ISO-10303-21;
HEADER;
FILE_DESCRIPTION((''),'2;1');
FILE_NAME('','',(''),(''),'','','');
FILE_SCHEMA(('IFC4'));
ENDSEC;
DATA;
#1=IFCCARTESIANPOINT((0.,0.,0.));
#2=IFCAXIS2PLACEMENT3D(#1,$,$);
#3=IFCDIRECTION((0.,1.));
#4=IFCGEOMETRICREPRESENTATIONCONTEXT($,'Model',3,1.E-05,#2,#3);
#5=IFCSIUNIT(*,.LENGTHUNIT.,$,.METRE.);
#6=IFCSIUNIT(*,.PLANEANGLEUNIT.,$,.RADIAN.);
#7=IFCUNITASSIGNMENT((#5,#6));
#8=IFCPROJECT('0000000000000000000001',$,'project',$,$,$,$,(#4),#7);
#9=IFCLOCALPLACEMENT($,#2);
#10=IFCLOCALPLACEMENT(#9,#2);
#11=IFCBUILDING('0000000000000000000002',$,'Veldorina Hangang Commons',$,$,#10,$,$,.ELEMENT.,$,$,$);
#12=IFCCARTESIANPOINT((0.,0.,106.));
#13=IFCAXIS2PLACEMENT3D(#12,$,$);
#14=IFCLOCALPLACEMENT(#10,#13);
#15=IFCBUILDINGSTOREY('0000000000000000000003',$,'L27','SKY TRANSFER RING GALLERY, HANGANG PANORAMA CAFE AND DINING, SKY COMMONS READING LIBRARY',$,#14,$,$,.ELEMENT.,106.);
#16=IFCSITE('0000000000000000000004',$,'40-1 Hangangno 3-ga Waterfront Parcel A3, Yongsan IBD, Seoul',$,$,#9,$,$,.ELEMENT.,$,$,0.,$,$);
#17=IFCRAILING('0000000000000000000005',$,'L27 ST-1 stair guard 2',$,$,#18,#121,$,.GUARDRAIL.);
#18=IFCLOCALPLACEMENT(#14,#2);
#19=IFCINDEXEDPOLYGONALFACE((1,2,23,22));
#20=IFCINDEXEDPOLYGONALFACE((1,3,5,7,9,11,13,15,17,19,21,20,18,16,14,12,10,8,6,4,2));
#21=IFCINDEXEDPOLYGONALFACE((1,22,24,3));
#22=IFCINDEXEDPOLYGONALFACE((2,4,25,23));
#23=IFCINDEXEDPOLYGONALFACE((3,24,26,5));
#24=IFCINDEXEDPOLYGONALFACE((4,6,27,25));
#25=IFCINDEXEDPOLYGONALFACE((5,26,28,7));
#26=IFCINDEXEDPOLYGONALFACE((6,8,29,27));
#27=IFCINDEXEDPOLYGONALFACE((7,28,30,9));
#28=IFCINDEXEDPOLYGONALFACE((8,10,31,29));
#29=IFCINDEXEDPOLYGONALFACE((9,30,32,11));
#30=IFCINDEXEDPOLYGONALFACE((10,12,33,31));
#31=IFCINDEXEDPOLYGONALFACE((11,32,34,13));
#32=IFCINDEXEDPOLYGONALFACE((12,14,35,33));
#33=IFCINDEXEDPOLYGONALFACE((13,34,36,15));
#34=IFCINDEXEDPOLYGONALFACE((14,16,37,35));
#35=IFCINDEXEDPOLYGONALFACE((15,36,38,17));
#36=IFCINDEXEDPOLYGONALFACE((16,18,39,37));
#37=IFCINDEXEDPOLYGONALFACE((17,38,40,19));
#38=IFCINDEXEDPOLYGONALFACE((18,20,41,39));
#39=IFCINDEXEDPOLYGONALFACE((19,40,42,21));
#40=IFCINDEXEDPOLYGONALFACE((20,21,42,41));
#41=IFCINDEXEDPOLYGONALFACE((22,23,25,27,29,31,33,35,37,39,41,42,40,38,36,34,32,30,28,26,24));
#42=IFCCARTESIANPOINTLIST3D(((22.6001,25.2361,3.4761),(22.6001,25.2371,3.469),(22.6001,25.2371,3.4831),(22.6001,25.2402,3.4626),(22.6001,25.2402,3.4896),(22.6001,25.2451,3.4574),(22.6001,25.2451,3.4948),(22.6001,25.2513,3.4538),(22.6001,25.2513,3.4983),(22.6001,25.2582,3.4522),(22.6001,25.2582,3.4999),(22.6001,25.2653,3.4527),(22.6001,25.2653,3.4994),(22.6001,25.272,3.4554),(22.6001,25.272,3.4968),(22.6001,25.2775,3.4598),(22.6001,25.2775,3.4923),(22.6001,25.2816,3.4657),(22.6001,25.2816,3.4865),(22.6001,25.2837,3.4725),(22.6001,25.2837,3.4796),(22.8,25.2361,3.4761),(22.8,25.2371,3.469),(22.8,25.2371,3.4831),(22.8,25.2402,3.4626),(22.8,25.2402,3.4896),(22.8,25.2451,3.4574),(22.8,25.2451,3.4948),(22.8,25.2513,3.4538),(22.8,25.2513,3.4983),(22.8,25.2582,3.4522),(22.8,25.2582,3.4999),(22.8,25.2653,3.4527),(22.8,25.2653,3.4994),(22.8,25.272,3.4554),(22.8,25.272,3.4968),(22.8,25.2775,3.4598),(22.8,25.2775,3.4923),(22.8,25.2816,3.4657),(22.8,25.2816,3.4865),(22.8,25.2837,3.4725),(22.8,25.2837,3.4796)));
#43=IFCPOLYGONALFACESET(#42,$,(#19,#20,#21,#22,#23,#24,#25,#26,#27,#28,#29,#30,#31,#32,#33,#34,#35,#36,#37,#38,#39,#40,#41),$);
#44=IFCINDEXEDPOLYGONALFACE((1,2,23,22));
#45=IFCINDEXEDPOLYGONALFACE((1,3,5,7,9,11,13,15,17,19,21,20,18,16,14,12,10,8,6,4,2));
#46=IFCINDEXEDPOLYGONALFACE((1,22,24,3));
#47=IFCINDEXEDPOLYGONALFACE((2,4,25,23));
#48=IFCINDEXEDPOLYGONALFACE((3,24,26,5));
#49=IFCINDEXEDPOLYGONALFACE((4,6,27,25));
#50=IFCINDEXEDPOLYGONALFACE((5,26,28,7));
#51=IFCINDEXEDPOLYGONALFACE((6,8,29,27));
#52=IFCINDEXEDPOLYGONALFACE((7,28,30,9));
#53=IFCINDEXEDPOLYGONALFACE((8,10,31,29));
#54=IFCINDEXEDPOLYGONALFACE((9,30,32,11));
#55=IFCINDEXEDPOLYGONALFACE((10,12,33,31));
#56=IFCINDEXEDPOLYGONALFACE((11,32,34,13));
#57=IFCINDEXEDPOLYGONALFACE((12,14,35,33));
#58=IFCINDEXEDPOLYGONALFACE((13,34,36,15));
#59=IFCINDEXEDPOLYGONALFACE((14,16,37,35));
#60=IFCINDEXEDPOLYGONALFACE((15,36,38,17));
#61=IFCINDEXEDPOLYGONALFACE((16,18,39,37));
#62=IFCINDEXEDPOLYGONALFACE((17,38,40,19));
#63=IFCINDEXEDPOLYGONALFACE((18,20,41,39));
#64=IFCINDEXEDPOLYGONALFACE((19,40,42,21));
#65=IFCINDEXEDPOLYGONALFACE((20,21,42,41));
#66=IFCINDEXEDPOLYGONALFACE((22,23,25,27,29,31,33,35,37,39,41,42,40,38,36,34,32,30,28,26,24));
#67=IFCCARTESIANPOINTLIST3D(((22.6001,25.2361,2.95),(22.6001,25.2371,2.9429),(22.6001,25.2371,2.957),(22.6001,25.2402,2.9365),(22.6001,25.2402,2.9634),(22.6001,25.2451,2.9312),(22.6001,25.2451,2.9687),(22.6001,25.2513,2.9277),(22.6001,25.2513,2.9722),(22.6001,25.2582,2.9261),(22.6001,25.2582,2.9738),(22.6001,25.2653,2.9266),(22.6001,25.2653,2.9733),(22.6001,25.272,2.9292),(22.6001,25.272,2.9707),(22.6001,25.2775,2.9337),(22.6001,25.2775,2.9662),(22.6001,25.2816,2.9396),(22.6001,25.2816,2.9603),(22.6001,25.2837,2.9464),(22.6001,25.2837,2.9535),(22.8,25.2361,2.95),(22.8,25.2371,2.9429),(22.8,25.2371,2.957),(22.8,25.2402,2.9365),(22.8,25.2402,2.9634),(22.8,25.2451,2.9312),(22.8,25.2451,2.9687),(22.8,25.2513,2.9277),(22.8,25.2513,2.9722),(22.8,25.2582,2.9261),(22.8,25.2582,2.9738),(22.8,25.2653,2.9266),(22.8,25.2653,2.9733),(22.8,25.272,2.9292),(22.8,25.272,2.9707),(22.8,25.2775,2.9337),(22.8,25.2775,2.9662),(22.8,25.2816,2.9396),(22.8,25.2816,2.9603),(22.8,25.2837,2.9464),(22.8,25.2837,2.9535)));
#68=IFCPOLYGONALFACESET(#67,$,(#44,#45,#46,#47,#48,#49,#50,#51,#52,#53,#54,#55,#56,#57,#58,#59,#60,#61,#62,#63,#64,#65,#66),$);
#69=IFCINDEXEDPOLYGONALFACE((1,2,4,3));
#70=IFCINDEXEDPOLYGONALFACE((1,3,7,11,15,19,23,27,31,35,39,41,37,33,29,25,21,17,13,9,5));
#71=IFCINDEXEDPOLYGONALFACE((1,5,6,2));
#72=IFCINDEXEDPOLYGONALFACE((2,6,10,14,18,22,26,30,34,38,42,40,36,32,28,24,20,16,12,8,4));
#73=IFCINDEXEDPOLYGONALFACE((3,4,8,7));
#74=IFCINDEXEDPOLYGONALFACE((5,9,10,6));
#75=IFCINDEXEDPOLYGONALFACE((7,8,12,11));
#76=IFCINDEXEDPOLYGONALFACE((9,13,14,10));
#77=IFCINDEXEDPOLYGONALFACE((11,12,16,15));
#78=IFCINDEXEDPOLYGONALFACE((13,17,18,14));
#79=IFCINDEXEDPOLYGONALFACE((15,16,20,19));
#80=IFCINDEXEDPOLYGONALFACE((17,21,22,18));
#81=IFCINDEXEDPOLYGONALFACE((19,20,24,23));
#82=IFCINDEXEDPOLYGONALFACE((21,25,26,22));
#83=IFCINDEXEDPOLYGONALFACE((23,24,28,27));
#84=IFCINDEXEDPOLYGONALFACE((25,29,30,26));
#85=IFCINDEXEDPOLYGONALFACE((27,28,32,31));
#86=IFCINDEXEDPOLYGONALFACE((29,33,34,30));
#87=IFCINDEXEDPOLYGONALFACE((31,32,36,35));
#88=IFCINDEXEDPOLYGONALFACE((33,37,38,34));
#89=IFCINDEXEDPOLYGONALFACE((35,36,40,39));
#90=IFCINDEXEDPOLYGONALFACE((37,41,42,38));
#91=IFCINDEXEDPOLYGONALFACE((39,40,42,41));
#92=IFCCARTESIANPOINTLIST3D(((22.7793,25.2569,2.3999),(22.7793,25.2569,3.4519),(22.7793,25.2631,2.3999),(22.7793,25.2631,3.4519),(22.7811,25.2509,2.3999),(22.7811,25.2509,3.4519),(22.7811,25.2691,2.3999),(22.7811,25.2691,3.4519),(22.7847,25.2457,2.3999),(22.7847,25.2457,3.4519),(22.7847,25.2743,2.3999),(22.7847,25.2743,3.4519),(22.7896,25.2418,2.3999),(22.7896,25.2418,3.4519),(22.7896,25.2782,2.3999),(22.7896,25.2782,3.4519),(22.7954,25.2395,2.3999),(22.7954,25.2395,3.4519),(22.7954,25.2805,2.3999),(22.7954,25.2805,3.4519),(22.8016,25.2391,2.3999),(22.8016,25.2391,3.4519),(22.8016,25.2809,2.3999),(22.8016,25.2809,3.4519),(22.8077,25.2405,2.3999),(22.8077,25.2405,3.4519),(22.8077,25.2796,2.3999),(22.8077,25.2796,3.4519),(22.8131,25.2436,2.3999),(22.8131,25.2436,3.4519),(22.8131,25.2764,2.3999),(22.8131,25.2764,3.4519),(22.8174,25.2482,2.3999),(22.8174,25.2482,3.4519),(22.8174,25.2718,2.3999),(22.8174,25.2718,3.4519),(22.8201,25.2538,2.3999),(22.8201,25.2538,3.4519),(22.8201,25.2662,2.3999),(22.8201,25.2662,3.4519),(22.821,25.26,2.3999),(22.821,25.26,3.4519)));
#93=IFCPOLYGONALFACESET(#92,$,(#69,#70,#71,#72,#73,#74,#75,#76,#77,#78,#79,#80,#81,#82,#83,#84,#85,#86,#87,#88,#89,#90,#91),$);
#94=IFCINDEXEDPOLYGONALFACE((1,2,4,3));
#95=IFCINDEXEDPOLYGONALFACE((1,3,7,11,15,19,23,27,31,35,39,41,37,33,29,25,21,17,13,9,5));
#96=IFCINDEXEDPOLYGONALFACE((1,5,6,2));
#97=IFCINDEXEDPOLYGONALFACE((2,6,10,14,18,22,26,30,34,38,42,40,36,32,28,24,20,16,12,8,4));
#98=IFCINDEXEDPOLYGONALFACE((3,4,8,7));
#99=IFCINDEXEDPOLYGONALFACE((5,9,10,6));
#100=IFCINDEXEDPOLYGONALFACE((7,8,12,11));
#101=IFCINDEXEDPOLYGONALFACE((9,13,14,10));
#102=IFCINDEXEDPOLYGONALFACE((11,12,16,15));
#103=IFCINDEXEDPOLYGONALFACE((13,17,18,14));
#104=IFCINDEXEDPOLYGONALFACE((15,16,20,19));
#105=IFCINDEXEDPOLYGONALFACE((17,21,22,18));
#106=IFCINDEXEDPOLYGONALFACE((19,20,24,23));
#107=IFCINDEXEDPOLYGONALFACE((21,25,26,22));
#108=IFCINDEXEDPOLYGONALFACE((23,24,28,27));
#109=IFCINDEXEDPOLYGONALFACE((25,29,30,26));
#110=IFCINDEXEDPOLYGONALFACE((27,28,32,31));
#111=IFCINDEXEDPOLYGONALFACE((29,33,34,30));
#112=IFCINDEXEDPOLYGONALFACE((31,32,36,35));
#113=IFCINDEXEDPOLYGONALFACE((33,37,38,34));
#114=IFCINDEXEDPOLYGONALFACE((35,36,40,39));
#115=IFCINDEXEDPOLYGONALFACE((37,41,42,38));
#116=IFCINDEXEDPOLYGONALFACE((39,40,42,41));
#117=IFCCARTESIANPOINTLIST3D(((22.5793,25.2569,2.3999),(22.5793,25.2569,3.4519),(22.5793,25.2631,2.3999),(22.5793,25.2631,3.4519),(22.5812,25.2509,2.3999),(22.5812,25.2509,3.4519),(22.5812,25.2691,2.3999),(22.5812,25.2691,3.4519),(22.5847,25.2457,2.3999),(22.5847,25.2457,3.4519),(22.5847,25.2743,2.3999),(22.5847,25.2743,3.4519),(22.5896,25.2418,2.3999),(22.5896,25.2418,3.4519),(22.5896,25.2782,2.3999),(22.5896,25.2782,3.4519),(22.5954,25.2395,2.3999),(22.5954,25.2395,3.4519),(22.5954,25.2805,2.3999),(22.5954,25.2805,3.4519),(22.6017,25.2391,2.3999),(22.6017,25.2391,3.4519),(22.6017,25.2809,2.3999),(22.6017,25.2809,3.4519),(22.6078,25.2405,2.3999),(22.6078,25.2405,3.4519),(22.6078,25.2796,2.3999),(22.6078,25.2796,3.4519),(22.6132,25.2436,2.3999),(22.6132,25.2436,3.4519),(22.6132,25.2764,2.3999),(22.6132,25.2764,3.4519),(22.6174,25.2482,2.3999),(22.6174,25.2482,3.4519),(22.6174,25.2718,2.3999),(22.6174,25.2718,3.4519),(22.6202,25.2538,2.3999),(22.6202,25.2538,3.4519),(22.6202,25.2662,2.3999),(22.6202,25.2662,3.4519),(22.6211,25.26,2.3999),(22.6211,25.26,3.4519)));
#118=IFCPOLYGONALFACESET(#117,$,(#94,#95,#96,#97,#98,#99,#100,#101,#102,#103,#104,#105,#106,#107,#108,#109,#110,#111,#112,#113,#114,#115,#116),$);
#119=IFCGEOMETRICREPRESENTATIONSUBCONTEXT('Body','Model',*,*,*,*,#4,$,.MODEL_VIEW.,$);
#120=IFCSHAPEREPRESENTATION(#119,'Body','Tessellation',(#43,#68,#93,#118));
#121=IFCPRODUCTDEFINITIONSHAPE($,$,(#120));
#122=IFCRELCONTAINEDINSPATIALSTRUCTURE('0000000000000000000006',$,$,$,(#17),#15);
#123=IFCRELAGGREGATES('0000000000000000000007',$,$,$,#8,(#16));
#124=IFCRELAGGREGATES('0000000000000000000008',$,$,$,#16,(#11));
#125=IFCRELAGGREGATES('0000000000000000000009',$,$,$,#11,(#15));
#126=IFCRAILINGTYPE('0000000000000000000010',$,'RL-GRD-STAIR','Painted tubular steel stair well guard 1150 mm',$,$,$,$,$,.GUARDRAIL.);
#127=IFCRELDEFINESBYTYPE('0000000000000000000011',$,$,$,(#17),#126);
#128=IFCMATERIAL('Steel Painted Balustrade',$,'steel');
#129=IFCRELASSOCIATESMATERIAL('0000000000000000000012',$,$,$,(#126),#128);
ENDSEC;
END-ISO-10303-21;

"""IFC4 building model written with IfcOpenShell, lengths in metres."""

from ifc_helpers import new_model, si_unit, direction, frame, origin, origin_2d, place, context, subcontext, project, spatial, circle, extrude, material, type_object, element, save


model = new_model("IFC4")

# Units and contexts
model_context = context("Model", 3, precision=1e-05, world=origin(), true_north=direction((0.0, 1.0)))
body_context = subcontext(model_context, "Body", "Model", "MODEL_VIEW")
ifc_project = project(units=[si_unit("LENGTHUNIT", "METRE"), si_unit("PLANEANGLEUNIT", "RADIAN")], contexts=[model_context])

# Site, building, storey
site_placement = place(None, origin())
site = spatial("IfcSite", under=ifc_project, at=site_placement, Name="40-1 Hangangno 3-ga Waterfront Parcel A3, Yongsan IBD, Seoul", CompositionType="ELEMENT", RefElevation=0.0)
building_placement = place(site_placement, origin())
building = spatial("IfcBuilding", under=site, at=building_placement, Name="Veldorina Hangang Commons", CompositionType="ELEMENT")
storey_placement = place(building_placement, frame((0.0, 0.0, 106.0)))
storey = spatial("IfcBuildingStorey", under=building, at=storey_placement, Name="L27", Description="SKY TRANSFER RING GALLERY, HANGANG PANORAMA CAFE AND DINING, SKY COMMONS READING LIBRARY", CompositionType="ELEMENT", Elevation=106.0)

# Railing
ifc_material_1 = material(Name="Steel Painted Balustrade", Category="steel")
railing_type_1 = type_object("IfcRailingType", Name="RL-GRD-STAIR", Description="Painted tubular steel stair well guard 1150 mm", PredefinedType="GUARDRAIL", material=ifc_material_1)
railing_1_placement = place(storey_placement, frame((22.8, 25.26, 2.3999)))
element("IfcRailing", 1, at=railing_1_placement, inside=storey, type_object=railing_type_1, Name="L27 ST-1 stair guard 2", PredefinedType="GUARDRAIL", context=body_context, shape_type="SweptSolid", body=[
    extrude(circle(Radius=0.0239, at=origin_2d()), frame((0.0, 0.0, 1.0762), z_axis=(-1.0, 0.0, 0.0), x_axis=(0.0, -1.0, 0.0)), (0.0, 0.0, 1.0), 0.2),
    extrude(circle(Radius=0.0239, at=origin_2d()), frame((0.0, 0.0, 0.55), z_axis=(-1.0, 0.0, 0.0), x_axis=(0.0, -1.0, 0.0)), (0.0, 0.0, 1.0), 0.2),
    extrude(circle(Radius=0.021, at=origin_2d()), origin(), (0.0, 0.0, 1.0), 1.052),
    extrude(circle(Radius=0.021, at=origin_2d()), frame((-0.2, 0.0, 0.0)), (0.0, 0.0, 1.0), 1.052),
])

save(model, "model.ifc")
